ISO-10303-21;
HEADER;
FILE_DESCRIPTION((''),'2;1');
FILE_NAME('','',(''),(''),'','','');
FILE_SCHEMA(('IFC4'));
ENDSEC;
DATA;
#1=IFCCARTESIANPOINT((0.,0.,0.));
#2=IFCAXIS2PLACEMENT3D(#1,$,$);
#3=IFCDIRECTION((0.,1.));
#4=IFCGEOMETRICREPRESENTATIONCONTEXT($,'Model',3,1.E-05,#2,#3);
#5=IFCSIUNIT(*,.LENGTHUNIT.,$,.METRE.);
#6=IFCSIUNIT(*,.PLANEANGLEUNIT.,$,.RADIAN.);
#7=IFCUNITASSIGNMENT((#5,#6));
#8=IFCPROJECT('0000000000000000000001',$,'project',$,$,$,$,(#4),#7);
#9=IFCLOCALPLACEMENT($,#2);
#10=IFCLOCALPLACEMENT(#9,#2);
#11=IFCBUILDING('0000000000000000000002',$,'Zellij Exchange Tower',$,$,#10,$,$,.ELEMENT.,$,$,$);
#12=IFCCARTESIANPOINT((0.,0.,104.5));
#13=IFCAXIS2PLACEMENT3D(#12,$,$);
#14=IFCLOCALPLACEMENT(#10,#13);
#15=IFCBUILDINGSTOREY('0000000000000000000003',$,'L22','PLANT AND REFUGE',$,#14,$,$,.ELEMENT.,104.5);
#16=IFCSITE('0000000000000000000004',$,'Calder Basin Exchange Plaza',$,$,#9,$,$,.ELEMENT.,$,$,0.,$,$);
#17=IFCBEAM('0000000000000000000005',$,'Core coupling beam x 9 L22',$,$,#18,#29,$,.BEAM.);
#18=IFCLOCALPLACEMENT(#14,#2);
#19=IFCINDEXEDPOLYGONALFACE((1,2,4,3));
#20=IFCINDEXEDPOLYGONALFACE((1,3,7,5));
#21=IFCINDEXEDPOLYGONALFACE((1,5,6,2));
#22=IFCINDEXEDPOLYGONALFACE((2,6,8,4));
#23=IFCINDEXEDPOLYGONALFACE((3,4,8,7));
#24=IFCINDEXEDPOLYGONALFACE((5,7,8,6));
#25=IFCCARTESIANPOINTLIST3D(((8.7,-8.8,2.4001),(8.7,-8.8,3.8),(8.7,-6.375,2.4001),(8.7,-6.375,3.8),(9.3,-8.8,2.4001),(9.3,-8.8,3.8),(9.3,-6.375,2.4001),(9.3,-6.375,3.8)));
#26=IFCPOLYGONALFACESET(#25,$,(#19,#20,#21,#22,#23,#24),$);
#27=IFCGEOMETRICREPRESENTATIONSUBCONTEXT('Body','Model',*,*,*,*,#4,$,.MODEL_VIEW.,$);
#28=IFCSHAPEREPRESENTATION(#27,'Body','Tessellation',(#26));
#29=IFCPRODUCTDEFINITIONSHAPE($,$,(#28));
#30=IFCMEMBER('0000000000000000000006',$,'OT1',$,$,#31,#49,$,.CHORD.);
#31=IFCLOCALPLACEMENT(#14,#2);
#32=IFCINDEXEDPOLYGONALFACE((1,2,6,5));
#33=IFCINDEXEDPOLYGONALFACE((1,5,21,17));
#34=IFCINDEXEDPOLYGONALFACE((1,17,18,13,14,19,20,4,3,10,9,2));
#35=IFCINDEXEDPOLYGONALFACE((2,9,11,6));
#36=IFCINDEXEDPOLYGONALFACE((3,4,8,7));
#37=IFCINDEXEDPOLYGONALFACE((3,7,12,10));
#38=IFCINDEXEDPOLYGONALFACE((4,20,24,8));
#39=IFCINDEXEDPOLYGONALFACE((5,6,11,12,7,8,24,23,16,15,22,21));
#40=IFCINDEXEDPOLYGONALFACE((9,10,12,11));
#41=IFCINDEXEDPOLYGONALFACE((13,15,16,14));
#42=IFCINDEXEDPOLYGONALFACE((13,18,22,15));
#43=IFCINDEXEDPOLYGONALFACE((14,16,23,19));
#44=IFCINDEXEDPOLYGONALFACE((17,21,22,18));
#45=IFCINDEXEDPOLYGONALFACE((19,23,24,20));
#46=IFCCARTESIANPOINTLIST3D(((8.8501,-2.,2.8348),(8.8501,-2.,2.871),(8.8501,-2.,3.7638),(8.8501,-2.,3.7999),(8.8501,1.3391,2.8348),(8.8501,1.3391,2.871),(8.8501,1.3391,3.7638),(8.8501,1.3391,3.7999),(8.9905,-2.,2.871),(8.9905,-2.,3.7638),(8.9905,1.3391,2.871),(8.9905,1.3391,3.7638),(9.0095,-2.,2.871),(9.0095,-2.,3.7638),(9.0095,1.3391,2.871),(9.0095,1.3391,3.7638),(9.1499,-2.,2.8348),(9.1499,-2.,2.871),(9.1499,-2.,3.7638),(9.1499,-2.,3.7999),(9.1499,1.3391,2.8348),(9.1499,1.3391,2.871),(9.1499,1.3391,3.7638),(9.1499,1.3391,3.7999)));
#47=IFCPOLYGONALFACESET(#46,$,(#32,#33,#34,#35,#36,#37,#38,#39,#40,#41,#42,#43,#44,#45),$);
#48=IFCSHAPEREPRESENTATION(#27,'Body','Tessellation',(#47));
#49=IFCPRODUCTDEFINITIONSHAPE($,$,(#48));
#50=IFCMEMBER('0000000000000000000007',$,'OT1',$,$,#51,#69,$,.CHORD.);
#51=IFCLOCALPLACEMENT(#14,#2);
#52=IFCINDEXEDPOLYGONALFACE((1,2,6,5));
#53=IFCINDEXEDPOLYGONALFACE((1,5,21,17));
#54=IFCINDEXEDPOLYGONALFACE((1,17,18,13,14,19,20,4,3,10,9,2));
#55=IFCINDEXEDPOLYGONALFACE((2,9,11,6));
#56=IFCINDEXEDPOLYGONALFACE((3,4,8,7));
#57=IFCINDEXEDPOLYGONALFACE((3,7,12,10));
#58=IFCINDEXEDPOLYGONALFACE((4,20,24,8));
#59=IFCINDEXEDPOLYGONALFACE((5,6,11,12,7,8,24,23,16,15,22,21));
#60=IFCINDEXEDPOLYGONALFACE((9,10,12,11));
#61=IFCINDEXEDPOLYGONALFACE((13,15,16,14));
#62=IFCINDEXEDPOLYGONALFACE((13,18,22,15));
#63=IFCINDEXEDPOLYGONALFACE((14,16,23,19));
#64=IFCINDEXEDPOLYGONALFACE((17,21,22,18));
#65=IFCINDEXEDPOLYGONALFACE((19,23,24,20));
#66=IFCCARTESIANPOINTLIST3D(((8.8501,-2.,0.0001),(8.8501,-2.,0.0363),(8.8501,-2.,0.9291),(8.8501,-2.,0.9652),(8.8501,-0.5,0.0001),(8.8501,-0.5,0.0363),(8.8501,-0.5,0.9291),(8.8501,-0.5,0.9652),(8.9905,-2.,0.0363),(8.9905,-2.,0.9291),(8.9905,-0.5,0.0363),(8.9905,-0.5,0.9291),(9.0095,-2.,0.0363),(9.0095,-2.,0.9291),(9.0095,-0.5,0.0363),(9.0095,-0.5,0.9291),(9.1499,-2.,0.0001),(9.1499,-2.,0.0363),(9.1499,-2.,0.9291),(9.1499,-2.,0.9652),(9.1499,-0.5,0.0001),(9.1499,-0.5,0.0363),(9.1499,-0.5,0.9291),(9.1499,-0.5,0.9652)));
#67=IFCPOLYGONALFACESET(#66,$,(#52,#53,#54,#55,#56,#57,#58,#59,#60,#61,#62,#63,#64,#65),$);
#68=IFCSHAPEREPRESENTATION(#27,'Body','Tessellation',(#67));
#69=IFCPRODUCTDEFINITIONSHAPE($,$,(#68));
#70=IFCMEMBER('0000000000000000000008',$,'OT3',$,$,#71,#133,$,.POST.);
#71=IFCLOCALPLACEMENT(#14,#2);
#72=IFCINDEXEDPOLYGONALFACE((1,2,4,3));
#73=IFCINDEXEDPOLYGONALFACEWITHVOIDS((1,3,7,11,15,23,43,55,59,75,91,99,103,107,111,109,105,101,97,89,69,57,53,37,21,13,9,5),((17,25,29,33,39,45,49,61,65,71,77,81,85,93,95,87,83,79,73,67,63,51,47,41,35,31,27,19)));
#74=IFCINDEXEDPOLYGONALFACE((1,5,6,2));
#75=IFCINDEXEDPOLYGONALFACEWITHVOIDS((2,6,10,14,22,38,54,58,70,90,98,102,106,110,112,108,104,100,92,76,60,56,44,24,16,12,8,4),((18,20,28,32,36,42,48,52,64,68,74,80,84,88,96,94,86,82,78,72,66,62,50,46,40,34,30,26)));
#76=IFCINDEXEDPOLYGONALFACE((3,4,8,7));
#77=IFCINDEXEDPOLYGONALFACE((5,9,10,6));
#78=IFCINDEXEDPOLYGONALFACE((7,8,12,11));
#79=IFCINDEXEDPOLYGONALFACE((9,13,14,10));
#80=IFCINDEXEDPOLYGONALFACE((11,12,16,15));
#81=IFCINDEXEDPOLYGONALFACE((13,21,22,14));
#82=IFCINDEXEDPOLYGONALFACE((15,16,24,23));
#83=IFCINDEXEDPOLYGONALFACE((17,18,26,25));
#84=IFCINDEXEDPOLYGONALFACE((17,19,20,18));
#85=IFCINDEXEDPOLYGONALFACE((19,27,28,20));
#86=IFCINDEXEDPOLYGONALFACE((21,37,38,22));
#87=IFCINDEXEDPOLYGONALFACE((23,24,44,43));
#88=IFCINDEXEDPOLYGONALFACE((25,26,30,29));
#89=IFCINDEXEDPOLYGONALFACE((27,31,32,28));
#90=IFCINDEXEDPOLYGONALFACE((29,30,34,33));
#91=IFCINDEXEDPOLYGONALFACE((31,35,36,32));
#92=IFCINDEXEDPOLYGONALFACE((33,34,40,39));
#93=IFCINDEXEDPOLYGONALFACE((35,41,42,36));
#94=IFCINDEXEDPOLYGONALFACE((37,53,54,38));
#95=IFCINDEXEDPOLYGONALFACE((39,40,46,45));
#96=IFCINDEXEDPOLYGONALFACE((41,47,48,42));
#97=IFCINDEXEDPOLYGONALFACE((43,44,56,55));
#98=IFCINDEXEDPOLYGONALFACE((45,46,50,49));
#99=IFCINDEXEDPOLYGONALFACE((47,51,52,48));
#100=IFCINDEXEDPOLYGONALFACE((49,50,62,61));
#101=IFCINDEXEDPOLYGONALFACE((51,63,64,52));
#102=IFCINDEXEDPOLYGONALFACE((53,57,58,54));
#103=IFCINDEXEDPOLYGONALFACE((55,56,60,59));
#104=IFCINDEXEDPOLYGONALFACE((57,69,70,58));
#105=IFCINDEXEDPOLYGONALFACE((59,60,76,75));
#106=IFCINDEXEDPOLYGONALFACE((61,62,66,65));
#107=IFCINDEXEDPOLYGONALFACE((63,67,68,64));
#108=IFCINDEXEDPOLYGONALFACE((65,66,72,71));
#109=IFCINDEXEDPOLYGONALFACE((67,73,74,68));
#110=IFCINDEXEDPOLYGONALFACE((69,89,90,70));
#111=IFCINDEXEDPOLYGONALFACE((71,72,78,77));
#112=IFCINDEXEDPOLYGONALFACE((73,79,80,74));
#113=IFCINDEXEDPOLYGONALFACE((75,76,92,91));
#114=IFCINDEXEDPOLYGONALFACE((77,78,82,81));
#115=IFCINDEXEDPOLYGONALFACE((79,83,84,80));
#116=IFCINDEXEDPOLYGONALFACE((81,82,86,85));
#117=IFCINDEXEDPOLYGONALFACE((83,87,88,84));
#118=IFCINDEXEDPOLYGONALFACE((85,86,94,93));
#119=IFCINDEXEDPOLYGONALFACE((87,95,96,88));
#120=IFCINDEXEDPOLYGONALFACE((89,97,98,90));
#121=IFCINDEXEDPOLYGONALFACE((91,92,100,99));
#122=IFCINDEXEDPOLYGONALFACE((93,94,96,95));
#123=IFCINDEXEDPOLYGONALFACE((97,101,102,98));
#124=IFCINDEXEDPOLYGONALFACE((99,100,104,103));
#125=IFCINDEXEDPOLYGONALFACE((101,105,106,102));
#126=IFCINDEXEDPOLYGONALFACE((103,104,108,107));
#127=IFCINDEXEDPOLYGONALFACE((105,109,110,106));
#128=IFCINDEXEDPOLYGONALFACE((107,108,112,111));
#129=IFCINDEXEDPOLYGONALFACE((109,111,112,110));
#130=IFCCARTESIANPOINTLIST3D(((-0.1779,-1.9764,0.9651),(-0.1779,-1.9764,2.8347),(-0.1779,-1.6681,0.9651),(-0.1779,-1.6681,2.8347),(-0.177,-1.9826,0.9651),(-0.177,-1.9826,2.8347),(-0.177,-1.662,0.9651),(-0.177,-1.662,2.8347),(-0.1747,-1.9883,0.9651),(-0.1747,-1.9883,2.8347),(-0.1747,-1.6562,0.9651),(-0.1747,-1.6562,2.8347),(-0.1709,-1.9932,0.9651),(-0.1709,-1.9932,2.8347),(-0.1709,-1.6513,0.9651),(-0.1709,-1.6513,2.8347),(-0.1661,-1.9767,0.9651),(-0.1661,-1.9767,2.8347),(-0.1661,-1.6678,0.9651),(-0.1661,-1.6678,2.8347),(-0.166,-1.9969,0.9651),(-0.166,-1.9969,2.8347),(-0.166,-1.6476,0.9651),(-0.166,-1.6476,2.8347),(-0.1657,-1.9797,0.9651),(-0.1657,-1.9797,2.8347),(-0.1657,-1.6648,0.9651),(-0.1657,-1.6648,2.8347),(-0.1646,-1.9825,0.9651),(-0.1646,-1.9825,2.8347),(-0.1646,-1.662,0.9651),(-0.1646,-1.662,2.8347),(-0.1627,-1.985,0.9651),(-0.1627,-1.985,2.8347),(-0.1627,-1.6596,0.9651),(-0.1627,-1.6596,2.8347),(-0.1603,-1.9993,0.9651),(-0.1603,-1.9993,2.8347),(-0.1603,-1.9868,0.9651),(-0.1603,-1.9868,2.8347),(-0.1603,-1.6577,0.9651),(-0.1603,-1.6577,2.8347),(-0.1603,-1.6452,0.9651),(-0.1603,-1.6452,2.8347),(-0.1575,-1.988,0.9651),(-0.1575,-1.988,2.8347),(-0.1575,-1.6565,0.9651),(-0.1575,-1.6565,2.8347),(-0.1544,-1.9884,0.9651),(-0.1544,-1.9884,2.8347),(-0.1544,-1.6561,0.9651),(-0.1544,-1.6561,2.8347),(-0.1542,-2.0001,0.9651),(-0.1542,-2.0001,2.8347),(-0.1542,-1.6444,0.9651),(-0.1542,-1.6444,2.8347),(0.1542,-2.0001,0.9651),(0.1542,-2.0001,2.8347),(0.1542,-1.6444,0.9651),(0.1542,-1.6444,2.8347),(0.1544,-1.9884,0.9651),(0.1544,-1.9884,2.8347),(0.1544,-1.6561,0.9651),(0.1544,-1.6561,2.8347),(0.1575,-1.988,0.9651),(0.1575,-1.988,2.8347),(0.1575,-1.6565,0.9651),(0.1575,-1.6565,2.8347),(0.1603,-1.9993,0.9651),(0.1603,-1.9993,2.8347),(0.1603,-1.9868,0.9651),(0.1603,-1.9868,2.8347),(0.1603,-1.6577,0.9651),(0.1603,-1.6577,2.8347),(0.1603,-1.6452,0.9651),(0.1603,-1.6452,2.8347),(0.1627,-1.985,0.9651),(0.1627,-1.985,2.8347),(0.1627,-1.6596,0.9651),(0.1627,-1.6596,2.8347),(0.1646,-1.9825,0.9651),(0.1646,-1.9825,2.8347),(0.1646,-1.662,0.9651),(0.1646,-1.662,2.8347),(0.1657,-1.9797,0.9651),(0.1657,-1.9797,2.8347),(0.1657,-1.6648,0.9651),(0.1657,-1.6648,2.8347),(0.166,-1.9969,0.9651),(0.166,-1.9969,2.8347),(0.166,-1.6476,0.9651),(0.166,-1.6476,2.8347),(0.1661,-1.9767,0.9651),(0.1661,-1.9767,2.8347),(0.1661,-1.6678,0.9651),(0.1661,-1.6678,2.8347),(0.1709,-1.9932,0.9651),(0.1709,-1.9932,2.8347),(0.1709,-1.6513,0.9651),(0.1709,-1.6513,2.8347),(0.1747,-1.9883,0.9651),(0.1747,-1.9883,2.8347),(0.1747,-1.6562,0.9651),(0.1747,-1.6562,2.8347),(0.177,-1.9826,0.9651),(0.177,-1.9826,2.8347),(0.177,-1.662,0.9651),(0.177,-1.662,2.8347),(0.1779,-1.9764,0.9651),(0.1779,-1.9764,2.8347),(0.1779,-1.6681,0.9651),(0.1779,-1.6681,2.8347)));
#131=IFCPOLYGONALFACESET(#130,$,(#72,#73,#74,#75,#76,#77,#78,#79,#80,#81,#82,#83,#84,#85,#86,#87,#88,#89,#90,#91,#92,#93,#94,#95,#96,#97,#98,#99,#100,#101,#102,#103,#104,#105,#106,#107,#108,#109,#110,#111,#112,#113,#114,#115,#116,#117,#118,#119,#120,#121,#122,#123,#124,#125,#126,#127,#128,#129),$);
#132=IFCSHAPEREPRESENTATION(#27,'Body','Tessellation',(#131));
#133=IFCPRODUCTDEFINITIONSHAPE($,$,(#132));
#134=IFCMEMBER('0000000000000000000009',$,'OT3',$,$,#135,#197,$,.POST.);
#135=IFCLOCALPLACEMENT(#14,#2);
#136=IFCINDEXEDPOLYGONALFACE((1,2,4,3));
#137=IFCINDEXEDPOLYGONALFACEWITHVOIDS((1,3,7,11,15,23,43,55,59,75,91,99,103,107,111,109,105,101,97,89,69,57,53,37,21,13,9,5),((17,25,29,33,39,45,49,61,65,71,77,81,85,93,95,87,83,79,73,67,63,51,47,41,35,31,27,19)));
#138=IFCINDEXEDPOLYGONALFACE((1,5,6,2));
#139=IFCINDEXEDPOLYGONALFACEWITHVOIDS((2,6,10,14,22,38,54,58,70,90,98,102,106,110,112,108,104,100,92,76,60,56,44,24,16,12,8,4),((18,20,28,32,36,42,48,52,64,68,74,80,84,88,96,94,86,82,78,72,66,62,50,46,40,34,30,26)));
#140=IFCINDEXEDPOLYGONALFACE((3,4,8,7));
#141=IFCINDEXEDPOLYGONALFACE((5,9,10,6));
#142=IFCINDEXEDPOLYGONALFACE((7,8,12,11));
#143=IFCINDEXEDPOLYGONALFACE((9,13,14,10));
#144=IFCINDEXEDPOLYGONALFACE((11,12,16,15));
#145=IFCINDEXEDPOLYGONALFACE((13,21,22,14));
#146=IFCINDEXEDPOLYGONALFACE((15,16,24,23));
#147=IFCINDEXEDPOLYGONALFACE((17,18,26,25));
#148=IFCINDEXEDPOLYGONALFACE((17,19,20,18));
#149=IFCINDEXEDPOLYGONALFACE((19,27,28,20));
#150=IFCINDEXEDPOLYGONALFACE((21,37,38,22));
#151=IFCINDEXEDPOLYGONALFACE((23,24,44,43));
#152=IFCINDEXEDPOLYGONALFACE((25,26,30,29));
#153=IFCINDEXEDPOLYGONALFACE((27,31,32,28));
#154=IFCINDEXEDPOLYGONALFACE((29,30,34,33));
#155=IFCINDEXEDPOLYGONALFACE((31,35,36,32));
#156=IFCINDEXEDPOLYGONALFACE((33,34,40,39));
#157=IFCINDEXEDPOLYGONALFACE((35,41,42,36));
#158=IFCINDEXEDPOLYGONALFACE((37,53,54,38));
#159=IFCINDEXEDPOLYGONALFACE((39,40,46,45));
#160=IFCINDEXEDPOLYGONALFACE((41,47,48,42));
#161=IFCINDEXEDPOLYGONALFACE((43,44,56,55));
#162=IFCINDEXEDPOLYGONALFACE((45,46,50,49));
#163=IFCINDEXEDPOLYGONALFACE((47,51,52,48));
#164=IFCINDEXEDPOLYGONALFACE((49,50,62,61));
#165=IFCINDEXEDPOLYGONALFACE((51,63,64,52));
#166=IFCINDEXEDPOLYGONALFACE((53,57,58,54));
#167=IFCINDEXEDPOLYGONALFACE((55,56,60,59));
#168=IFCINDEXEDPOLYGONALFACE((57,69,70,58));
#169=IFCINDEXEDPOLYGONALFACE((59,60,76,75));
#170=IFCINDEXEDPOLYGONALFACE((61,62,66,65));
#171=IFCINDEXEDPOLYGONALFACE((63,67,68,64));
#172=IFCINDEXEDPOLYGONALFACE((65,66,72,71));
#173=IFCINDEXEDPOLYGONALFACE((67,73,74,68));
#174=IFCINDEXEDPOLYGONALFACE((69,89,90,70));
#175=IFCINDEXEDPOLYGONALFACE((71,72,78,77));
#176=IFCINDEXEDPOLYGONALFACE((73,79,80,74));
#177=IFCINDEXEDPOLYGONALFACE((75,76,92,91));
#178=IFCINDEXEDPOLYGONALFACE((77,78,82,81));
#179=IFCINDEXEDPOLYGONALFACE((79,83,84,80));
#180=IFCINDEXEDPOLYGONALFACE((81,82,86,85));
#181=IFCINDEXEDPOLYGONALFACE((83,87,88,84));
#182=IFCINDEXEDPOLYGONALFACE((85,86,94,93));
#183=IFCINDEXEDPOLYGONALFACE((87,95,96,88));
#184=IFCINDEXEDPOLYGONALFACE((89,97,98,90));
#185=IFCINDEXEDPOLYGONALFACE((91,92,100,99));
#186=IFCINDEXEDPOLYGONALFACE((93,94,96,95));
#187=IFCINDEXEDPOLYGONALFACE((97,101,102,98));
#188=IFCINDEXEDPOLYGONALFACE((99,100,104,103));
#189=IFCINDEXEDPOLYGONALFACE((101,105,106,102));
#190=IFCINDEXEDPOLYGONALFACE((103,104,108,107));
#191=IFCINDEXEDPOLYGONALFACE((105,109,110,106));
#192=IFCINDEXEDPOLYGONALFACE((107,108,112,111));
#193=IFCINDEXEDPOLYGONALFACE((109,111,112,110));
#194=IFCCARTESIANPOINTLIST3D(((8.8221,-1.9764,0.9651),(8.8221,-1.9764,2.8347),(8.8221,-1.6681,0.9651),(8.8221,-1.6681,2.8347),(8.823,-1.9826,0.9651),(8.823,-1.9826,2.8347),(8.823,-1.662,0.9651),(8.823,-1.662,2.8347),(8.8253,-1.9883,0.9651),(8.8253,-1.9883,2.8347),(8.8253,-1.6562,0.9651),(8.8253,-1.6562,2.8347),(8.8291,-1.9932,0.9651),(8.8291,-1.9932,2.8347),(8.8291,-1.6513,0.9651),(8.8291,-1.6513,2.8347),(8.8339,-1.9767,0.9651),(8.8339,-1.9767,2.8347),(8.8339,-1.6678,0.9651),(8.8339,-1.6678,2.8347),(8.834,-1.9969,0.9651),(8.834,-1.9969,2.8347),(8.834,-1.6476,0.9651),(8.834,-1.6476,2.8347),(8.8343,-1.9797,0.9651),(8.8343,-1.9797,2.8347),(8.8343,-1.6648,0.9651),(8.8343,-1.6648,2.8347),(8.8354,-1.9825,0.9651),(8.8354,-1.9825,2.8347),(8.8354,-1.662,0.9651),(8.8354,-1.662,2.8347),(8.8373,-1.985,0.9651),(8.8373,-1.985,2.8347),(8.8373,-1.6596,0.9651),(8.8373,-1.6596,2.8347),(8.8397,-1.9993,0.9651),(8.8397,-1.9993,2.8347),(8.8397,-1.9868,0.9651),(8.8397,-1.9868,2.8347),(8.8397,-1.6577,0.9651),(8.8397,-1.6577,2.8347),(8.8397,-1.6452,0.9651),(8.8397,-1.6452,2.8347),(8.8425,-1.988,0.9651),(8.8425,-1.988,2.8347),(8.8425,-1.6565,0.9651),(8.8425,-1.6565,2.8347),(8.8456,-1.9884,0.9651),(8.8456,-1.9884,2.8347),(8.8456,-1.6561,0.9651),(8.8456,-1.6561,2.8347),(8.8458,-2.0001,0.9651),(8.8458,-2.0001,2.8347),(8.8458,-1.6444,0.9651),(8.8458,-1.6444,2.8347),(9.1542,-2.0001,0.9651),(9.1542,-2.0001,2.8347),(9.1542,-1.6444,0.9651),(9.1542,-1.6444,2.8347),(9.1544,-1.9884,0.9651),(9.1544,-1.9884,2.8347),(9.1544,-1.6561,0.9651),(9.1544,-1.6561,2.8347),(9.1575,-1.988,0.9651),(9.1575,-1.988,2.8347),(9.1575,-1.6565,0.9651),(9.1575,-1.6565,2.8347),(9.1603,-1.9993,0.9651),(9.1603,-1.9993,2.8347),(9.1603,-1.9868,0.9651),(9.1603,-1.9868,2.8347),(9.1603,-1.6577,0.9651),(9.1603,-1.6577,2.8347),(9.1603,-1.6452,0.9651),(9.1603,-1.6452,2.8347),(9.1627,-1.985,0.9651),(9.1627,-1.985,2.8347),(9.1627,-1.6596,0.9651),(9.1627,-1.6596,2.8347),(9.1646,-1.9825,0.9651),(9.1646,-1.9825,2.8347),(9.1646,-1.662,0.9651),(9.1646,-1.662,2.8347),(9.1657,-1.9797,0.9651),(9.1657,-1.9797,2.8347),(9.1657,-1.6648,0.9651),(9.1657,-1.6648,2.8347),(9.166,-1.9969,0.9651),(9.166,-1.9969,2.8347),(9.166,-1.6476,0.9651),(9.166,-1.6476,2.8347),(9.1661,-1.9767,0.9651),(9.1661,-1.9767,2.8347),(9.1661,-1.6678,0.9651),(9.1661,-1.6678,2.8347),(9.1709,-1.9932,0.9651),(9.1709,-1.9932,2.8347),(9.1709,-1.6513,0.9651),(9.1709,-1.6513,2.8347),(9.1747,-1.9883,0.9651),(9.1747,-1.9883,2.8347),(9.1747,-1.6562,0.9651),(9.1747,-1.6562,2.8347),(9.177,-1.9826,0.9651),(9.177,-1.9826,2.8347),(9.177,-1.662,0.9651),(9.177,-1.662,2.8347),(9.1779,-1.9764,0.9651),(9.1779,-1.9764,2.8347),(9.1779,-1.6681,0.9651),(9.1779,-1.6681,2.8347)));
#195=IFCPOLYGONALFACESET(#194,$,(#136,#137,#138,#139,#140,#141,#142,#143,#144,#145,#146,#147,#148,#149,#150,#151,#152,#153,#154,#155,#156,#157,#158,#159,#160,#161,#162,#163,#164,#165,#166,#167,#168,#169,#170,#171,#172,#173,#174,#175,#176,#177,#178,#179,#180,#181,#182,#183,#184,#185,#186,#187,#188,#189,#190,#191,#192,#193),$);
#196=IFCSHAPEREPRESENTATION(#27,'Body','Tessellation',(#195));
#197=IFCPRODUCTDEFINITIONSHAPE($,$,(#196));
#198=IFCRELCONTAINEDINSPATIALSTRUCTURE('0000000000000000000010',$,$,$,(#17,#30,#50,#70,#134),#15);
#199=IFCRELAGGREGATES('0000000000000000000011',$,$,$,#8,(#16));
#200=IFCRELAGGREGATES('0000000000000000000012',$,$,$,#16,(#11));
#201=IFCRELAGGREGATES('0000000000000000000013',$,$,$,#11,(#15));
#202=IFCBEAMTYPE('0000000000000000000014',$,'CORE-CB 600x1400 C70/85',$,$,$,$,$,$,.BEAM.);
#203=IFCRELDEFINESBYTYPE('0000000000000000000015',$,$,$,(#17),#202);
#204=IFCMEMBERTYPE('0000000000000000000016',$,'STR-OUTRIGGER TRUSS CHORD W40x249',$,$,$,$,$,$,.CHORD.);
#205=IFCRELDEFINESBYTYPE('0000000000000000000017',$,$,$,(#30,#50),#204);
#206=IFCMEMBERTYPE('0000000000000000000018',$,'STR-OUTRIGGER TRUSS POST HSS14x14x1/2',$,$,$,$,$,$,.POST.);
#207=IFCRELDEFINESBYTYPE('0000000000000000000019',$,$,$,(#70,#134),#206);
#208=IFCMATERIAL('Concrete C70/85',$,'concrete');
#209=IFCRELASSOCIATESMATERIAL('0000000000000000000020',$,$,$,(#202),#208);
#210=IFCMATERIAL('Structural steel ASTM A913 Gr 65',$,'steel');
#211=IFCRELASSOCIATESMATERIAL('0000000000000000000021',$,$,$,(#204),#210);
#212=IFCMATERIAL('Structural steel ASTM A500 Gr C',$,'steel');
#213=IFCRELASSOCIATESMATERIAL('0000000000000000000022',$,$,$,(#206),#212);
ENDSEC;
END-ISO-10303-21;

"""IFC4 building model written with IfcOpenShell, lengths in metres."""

from ifc_helpers import new_model, si_unit, direction, frame, origin, origin_2d, place, context, subcontext, project, spatial, rectangle, hollow_rectangle, i_section, extrude, material, material_profile, profile_set, type_object, element, save


model = new_model("IFC4")

# Units and contexts
model_context = context("Model", 3, precision=1e-05, world=origin(), true_north=direction((0.0, 1.0)))
body_context = subcontext(model_context, "Body", "Model", "MODEL_VIEW")
ifc_project = project(units=[si_unit("LENGTHUNIT", "METRE"), si_unit("PLANEANGLEUNIT", "RADIAN")], contexts=[model_context])

# Site, building, storey
site_placement = place(None, origin())
site = spatial("IfcSite", under=ifc_project, at=site_placement, Name="Calder Basin Exchange Plaza", CompositionType="ELEMENT", RefElevation=0.0)
building_placement = place(site_placement, origin())
building = spatial("IfcBuilding", under=site, at=building_placement, Name="Zellij Exchange Tower", CompositionType="ELEMENT")
storey_placement = place(building_placement, frame((0.0, 0.0, 104.5)))
storey = spatial("IfcBuildingStorey", under=building, at=storey_placement, Name="L22", Description="PLANT AND REFUGE", CompositionType="ELEMENT", Elevation=104.5)

# Beam
ifc_material_1 = material(Name="Concrete C70/85", Category="concrete")
ifc_material_profile_1 = material_profile(ifc_material_1, rectangle(XDim=0.6001, YDim=1.3999, at=origin_2d()), Name="CORE-CB 600x1400 C70/85")
ifc_profile_set_1 = profile_set([ifc_material_profile_1], Name="Concrete C70/85")
beam_type = type_object("IfcBeamType", Name="CORE-CB 600x1400 C70/85", PredefinedType="BEAM", material=ifc_profile_set_1)
beam_placement = place(storey_placement, frame((9.0, -8.8, 3.1001), z_axis=(0.0, 1.0, 0.0), x_axis=(-1.0, 0.0, 0.0)))
element("IfcBeam", 1, at=beam_placement, inside=storey, type_object=beam_type, Name="Core coupling beam x 9 L22", PredefinedType="BEAM", context=body_context, shape_type="SweptSolid", body=[
    extrude(rectangle(XDim=0.6001, YDim=1.3999, at=origin_2d()), origin(), (0.0, 0.0, 1.0), 2.425),
])

# Members
ifc_material_2 = material(Name="Structural steel ASTM A913 Gr 65", Category="steel")
ifc_material_profile_2 = material_profile(ifc_material_2, i_section(OverallWidth=0.2998, OverallDepth=0.9651, WebThickness=0.019, FlangeThickness=0.0361, at=origin_2d()), Name="W40x249")
ifc_profile_set_2 = profile_set([ifc_material_profile_2], Name="Structural steel ASTM A913 Gr 65")
member_type_1 = type_object("IfcMemberType", Name="STR-OUTRIGGER TRUSS CHORD W40x249", PredefinedType="CHORD", material=ifc_profile_set_2)
member_1_placement = place(storey_placement, frame((9.0, -2.0, 3.3174), z_axis=(0.0, 1.0, 0.0), x_axis=(-1.0, 0.0, 0.0)))
element("IfcMember", 2, at=member_1_placement, inside=storey, type_object=member_type_1, Name="OT1", PredefinedType="CHORD", context=body_context, shape_type="SweptSolid", body=[
    extrude(i_section(OverallWidth=0.2998, OverallDepth=0.9651, WebThickness=0.019, FlangeThickness=0.0361, at=origin_2d()), origin(), (0.0, 0.0, 1.0), 3.3391),
])
member_2_placement = place(storey_placement, frame((9.0, -2.0, 0.4827), z_axis=(0.0, 1.0, 0.0), x_axis=(-1.0, 0.0, 0.0)))
element("IfcMember", 3, at=member_2_placement, inside=storey, type_object=member_type_1, Name="OT1", PredefinedType="CHORD", context=body_context, shape_type="SweptSolid", body=[
    extrude(i_section(OverallWidth=0.2998, OverallDepth=0.9651, WebThickness=0.019, FlangeThickness=0.0361, at=origin_2d()), origin(), (0.0, 0.0, 1.0), 1.5),
])
ifc_material_3 = material(Name="Structural steel ASTM A500 Gr C", Category="steel")
ifc_material_profile_3 = material_profile(ifc_material_3, hollow_rectangle(XDim=0.3557, YDim=0.3557, WallThickness=0.0117, InnerFilletRadius=0.0117, OuterFilletRadius=0.0237, at=origin_2d()), Name="STR-OUTRIGGER TRUSS POST HSS14x14x1/2")
ifc_profile_set_3 = profile_set([ifc_material_profile_3], Name="Structural steel ASTM A500 Gr C")
member_type_2 = type_object("IfcMemberType", Name="STR-OUTRIGGER TRUSS POST HSS14x14x1/2", PredefinedType="POST", material=ifc_profile_set_3)
for number, where, z_axis, x_axis, name in (
    (4, (0.0, -1.8223, 0.9651), (0.0, 0.0, 1.0), (1.0, 0.0, 0.0), "OT3"),
    (5, (9.0, -1.8223, 0.9651), (0.0, 0.0, 1.0), (1.0, 0.0, 0.0), "OT3"),
):
    element("IfcMember", number, at=place(storey_placement, frame(where, z_axis=z_axis, x_axis=x_axis)), inside=storey, type_object=member_type_2, Name=name, PredefinedType="POST", context=body_context, shape_type="SweptSolid", body=[
        extrude(hollow_rectangle(XDim=0.3557, YDim=0.3557, WallThickness=0.0117, InnerFilletRadius=0.0117, OuterFilletRadius=0.0237, at=origin_2d()), origin(), (0.0, 0.0, 1.0), 1.8696),
    ])

save(model, "model.ifc")
